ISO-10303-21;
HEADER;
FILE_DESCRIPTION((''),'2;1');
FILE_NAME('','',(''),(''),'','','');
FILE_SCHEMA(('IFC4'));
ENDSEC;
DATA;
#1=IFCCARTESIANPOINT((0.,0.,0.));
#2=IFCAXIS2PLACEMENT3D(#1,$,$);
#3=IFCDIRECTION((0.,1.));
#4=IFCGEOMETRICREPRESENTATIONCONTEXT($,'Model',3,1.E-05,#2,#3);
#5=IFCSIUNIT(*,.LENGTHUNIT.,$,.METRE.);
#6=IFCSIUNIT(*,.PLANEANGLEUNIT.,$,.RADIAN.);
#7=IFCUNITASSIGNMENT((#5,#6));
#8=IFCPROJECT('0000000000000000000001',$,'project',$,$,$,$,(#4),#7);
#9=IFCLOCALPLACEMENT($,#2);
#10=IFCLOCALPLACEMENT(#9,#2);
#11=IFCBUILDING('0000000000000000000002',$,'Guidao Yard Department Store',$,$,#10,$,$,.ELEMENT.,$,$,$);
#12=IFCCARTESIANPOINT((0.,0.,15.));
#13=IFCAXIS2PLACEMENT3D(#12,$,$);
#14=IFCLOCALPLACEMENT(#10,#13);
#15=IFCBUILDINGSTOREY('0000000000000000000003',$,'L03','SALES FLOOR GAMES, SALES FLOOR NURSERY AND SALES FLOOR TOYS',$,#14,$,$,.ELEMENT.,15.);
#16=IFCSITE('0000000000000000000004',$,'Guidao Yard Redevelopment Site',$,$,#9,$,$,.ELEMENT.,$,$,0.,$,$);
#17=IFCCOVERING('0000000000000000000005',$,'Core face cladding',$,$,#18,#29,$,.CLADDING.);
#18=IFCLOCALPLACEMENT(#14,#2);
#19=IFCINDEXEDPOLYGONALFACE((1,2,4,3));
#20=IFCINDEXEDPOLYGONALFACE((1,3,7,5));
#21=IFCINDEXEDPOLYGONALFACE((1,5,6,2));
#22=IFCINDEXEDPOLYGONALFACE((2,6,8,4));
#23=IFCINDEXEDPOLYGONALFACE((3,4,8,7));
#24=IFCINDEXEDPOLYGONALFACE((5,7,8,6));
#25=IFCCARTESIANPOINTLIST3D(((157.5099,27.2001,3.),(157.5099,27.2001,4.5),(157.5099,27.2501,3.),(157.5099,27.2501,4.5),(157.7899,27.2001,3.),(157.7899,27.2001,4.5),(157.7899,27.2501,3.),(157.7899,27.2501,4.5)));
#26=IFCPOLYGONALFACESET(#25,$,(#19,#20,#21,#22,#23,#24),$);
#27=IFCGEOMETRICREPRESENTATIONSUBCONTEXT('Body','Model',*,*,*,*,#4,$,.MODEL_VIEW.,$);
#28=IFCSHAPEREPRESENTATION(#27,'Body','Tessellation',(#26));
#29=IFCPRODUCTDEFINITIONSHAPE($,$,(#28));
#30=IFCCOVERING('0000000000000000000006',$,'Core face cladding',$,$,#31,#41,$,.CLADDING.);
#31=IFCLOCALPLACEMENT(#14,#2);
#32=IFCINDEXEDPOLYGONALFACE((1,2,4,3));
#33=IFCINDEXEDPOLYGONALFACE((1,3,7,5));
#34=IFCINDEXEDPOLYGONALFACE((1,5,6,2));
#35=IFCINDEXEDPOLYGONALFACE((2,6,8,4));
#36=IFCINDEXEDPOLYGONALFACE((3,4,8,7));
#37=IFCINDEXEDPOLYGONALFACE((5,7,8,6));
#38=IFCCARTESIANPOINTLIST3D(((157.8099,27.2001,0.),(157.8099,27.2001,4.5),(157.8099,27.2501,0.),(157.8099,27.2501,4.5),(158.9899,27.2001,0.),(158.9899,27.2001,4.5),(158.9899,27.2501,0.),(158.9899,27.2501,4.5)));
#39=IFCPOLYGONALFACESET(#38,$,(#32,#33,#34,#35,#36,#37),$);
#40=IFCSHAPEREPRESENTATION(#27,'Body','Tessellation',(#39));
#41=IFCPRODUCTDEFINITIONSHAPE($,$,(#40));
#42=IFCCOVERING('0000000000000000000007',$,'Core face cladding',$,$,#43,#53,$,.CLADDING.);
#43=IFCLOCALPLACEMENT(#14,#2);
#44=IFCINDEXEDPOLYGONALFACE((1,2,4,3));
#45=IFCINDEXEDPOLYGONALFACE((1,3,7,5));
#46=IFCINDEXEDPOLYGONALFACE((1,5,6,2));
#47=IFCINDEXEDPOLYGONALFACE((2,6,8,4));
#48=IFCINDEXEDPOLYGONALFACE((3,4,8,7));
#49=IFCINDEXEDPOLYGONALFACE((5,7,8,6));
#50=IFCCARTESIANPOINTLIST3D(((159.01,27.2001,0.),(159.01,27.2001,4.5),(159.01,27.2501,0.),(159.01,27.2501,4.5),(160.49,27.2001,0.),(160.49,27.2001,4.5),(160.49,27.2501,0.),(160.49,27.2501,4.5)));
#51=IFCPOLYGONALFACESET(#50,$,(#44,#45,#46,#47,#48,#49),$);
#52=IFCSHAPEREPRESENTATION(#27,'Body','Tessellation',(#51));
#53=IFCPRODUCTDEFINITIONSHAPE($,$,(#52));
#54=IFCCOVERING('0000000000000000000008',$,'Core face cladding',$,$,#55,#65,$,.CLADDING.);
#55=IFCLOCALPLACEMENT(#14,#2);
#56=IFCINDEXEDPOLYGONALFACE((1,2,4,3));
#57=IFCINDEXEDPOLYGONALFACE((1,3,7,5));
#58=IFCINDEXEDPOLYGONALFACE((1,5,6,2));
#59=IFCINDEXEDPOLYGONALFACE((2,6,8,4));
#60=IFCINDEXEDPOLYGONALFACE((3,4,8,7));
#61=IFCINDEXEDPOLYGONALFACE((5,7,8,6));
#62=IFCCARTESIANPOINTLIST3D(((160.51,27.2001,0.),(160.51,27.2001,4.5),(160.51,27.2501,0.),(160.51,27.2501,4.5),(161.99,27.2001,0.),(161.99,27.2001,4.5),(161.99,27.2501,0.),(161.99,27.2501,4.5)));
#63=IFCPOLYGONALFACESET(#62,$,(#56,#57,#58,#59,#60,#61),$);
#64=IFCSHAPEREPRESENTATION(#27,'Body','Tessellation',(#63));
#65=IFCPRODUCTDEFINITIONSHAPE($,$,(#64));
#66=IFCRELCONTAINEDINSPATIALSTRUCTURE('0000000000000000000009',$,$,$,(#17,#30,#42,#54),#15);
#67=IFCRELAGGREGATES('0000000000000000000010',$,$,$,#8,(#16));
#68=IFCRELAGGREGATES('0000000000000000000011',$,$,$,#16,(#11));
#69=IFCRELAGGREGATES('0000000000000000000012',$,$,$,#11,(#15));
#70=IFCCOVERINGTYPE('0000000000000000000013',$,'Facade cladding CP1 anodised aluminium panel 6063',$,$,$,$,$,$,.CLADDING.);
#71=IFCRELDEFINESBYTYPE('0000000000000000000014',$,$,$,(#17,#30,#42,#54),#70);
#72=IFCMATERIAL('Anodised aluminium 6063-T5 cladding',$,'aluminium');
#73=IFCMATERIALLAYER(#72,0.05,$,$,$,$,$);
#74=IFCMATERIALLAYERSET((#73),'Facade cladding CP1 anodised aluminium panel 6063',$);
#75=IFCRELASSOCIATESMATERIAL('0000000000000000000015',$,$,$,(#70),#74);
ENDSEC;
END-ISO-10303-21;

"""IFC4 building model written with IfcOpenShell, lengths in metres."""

from ifc_helpers import new_model, si_unit, direction, frame, origin, origin_2d, place, context, subcontext, project, spatial, rectangle, extrude, material, layer, layer_set, type_object, element, save


model = new_model("IFC4")

# Units and contexts
model_context = context("Model", 3, precision=1e-05, world=origin(), true_north=direction((0.0, 1.0)))
body_context = subcontext(model_context, "Body", "Model", "MODEL_VIEW")
ifc_project = project(units=[si_unit("LENGTHUNIT", "METRE"), si_unit("PLANEANGLEUNIT", "RADIAN")], contexts=[model_context])

# Site, building, storey
site_placement = place(None, origin())
site = spatial("IfcSite", under=ifc_project, at=site_placement, Name="Guidao Yard Redevelopment Site", CompositionType="ELEMENT", RefElevation=0.0)
building_placement = place(site_placement, origin())
building = spatial("IfcBuilding", under=site, at=building_placement, Name="Guidao Yard Department Store", CompositionType="ELEMENT")
storey_placement = place(building_placement, frame((0.0, 0.0, 15.0)))
storey = spatial("IfcBuildingStorey", under=building, at=storey_placement, Name="L03", Description="SALES FLOOR GAMES, SALES FLOOR NURSERY AND SALES FLOOR TOYS", CompositionType="ELEMENT", Elevation=15.0)

# Coverings
ifc_material_1 = material(Name="Anodised aluminium 6063-T5 cladding", Category="aluminium")
ifc_layer_1 = layer(ifc_material_1, 0.05)
ifc_layer_set_1 = layer_set([ifc_layer_1], Name="Facade cladding CP1 anodised aluminium panel 6063")
covering_type = type_object("IfcCoveringType", Name="Facade cladding CP1 anodised aluminium panel 6063", PredefinedType="CLADDING", material=ifc_layer_set_1)
covering_1_placement = place(storey_placement, frame((157.6499, 27.2251, 3.0), z_axis=(0.0, 0.0, 1.0), x_axis=(1.0, 0.0, 0.0)))
element("IfcCovering", 1, at=covering_1_placement, inside=storey, type_object=covering_type, Name="Core face cladding", PredefinedType="CLADDING", context=body_context, shape_type="SweptSolid", body=[
    extrude(rectangle(XDim=0.28, YDim=0.05, at=origin_2d()), origin(), (0.0, 0.0, 1.0), 1.5),
])
covering_2_placement = place(storey_placement, frame((158.3999, 27.2251, 0.0), z_axis=(0.0, 0.0, 1.0), x_axis=(1.0, 0.0, 0.0)))
element("IfcCovering", 2, at=covering_2_placement, inside=storey, type_object=covering_type, Name="Core face cladding", PredefinedType="CLADDING", context=body_context, shape_type="SweptSolid", body=[
    extrude(rectangle(XDim=1.1799, YDim=0.05, at=origin_2d()), origin(), (0.0, 0.0, 1.0), 4.5),
])
for number, where, z_axis, x_axis, name in (
    (3, (159.75, 27.2251, 0.0), (0.0, 0.0, 1.0), (1.0, 0.0, 0.0), "Core face cladding"),
    (4, (161.25, 27.2251, 0.0), (0.0, 0.0, 1.0), (1.0, 0.0, 0.0), "Core face cladding"),
):
    element("IfcCovering", number, at=place(storey_placement, frame(where, z_axis=z_axis, x_axis=x_axis)), inside=storey, type_object=covering_type, Name=name, PredefinedType="CLADDING", context=body_context, shape_type="SweptSolid", body=[
        extrude(rectangle(XDim=1.48, YDim=0.05, at=origin_2d()), origin(), (0.0, 0.0, 1.0), 4.5),
    ])

save(model, "model.ifc")
